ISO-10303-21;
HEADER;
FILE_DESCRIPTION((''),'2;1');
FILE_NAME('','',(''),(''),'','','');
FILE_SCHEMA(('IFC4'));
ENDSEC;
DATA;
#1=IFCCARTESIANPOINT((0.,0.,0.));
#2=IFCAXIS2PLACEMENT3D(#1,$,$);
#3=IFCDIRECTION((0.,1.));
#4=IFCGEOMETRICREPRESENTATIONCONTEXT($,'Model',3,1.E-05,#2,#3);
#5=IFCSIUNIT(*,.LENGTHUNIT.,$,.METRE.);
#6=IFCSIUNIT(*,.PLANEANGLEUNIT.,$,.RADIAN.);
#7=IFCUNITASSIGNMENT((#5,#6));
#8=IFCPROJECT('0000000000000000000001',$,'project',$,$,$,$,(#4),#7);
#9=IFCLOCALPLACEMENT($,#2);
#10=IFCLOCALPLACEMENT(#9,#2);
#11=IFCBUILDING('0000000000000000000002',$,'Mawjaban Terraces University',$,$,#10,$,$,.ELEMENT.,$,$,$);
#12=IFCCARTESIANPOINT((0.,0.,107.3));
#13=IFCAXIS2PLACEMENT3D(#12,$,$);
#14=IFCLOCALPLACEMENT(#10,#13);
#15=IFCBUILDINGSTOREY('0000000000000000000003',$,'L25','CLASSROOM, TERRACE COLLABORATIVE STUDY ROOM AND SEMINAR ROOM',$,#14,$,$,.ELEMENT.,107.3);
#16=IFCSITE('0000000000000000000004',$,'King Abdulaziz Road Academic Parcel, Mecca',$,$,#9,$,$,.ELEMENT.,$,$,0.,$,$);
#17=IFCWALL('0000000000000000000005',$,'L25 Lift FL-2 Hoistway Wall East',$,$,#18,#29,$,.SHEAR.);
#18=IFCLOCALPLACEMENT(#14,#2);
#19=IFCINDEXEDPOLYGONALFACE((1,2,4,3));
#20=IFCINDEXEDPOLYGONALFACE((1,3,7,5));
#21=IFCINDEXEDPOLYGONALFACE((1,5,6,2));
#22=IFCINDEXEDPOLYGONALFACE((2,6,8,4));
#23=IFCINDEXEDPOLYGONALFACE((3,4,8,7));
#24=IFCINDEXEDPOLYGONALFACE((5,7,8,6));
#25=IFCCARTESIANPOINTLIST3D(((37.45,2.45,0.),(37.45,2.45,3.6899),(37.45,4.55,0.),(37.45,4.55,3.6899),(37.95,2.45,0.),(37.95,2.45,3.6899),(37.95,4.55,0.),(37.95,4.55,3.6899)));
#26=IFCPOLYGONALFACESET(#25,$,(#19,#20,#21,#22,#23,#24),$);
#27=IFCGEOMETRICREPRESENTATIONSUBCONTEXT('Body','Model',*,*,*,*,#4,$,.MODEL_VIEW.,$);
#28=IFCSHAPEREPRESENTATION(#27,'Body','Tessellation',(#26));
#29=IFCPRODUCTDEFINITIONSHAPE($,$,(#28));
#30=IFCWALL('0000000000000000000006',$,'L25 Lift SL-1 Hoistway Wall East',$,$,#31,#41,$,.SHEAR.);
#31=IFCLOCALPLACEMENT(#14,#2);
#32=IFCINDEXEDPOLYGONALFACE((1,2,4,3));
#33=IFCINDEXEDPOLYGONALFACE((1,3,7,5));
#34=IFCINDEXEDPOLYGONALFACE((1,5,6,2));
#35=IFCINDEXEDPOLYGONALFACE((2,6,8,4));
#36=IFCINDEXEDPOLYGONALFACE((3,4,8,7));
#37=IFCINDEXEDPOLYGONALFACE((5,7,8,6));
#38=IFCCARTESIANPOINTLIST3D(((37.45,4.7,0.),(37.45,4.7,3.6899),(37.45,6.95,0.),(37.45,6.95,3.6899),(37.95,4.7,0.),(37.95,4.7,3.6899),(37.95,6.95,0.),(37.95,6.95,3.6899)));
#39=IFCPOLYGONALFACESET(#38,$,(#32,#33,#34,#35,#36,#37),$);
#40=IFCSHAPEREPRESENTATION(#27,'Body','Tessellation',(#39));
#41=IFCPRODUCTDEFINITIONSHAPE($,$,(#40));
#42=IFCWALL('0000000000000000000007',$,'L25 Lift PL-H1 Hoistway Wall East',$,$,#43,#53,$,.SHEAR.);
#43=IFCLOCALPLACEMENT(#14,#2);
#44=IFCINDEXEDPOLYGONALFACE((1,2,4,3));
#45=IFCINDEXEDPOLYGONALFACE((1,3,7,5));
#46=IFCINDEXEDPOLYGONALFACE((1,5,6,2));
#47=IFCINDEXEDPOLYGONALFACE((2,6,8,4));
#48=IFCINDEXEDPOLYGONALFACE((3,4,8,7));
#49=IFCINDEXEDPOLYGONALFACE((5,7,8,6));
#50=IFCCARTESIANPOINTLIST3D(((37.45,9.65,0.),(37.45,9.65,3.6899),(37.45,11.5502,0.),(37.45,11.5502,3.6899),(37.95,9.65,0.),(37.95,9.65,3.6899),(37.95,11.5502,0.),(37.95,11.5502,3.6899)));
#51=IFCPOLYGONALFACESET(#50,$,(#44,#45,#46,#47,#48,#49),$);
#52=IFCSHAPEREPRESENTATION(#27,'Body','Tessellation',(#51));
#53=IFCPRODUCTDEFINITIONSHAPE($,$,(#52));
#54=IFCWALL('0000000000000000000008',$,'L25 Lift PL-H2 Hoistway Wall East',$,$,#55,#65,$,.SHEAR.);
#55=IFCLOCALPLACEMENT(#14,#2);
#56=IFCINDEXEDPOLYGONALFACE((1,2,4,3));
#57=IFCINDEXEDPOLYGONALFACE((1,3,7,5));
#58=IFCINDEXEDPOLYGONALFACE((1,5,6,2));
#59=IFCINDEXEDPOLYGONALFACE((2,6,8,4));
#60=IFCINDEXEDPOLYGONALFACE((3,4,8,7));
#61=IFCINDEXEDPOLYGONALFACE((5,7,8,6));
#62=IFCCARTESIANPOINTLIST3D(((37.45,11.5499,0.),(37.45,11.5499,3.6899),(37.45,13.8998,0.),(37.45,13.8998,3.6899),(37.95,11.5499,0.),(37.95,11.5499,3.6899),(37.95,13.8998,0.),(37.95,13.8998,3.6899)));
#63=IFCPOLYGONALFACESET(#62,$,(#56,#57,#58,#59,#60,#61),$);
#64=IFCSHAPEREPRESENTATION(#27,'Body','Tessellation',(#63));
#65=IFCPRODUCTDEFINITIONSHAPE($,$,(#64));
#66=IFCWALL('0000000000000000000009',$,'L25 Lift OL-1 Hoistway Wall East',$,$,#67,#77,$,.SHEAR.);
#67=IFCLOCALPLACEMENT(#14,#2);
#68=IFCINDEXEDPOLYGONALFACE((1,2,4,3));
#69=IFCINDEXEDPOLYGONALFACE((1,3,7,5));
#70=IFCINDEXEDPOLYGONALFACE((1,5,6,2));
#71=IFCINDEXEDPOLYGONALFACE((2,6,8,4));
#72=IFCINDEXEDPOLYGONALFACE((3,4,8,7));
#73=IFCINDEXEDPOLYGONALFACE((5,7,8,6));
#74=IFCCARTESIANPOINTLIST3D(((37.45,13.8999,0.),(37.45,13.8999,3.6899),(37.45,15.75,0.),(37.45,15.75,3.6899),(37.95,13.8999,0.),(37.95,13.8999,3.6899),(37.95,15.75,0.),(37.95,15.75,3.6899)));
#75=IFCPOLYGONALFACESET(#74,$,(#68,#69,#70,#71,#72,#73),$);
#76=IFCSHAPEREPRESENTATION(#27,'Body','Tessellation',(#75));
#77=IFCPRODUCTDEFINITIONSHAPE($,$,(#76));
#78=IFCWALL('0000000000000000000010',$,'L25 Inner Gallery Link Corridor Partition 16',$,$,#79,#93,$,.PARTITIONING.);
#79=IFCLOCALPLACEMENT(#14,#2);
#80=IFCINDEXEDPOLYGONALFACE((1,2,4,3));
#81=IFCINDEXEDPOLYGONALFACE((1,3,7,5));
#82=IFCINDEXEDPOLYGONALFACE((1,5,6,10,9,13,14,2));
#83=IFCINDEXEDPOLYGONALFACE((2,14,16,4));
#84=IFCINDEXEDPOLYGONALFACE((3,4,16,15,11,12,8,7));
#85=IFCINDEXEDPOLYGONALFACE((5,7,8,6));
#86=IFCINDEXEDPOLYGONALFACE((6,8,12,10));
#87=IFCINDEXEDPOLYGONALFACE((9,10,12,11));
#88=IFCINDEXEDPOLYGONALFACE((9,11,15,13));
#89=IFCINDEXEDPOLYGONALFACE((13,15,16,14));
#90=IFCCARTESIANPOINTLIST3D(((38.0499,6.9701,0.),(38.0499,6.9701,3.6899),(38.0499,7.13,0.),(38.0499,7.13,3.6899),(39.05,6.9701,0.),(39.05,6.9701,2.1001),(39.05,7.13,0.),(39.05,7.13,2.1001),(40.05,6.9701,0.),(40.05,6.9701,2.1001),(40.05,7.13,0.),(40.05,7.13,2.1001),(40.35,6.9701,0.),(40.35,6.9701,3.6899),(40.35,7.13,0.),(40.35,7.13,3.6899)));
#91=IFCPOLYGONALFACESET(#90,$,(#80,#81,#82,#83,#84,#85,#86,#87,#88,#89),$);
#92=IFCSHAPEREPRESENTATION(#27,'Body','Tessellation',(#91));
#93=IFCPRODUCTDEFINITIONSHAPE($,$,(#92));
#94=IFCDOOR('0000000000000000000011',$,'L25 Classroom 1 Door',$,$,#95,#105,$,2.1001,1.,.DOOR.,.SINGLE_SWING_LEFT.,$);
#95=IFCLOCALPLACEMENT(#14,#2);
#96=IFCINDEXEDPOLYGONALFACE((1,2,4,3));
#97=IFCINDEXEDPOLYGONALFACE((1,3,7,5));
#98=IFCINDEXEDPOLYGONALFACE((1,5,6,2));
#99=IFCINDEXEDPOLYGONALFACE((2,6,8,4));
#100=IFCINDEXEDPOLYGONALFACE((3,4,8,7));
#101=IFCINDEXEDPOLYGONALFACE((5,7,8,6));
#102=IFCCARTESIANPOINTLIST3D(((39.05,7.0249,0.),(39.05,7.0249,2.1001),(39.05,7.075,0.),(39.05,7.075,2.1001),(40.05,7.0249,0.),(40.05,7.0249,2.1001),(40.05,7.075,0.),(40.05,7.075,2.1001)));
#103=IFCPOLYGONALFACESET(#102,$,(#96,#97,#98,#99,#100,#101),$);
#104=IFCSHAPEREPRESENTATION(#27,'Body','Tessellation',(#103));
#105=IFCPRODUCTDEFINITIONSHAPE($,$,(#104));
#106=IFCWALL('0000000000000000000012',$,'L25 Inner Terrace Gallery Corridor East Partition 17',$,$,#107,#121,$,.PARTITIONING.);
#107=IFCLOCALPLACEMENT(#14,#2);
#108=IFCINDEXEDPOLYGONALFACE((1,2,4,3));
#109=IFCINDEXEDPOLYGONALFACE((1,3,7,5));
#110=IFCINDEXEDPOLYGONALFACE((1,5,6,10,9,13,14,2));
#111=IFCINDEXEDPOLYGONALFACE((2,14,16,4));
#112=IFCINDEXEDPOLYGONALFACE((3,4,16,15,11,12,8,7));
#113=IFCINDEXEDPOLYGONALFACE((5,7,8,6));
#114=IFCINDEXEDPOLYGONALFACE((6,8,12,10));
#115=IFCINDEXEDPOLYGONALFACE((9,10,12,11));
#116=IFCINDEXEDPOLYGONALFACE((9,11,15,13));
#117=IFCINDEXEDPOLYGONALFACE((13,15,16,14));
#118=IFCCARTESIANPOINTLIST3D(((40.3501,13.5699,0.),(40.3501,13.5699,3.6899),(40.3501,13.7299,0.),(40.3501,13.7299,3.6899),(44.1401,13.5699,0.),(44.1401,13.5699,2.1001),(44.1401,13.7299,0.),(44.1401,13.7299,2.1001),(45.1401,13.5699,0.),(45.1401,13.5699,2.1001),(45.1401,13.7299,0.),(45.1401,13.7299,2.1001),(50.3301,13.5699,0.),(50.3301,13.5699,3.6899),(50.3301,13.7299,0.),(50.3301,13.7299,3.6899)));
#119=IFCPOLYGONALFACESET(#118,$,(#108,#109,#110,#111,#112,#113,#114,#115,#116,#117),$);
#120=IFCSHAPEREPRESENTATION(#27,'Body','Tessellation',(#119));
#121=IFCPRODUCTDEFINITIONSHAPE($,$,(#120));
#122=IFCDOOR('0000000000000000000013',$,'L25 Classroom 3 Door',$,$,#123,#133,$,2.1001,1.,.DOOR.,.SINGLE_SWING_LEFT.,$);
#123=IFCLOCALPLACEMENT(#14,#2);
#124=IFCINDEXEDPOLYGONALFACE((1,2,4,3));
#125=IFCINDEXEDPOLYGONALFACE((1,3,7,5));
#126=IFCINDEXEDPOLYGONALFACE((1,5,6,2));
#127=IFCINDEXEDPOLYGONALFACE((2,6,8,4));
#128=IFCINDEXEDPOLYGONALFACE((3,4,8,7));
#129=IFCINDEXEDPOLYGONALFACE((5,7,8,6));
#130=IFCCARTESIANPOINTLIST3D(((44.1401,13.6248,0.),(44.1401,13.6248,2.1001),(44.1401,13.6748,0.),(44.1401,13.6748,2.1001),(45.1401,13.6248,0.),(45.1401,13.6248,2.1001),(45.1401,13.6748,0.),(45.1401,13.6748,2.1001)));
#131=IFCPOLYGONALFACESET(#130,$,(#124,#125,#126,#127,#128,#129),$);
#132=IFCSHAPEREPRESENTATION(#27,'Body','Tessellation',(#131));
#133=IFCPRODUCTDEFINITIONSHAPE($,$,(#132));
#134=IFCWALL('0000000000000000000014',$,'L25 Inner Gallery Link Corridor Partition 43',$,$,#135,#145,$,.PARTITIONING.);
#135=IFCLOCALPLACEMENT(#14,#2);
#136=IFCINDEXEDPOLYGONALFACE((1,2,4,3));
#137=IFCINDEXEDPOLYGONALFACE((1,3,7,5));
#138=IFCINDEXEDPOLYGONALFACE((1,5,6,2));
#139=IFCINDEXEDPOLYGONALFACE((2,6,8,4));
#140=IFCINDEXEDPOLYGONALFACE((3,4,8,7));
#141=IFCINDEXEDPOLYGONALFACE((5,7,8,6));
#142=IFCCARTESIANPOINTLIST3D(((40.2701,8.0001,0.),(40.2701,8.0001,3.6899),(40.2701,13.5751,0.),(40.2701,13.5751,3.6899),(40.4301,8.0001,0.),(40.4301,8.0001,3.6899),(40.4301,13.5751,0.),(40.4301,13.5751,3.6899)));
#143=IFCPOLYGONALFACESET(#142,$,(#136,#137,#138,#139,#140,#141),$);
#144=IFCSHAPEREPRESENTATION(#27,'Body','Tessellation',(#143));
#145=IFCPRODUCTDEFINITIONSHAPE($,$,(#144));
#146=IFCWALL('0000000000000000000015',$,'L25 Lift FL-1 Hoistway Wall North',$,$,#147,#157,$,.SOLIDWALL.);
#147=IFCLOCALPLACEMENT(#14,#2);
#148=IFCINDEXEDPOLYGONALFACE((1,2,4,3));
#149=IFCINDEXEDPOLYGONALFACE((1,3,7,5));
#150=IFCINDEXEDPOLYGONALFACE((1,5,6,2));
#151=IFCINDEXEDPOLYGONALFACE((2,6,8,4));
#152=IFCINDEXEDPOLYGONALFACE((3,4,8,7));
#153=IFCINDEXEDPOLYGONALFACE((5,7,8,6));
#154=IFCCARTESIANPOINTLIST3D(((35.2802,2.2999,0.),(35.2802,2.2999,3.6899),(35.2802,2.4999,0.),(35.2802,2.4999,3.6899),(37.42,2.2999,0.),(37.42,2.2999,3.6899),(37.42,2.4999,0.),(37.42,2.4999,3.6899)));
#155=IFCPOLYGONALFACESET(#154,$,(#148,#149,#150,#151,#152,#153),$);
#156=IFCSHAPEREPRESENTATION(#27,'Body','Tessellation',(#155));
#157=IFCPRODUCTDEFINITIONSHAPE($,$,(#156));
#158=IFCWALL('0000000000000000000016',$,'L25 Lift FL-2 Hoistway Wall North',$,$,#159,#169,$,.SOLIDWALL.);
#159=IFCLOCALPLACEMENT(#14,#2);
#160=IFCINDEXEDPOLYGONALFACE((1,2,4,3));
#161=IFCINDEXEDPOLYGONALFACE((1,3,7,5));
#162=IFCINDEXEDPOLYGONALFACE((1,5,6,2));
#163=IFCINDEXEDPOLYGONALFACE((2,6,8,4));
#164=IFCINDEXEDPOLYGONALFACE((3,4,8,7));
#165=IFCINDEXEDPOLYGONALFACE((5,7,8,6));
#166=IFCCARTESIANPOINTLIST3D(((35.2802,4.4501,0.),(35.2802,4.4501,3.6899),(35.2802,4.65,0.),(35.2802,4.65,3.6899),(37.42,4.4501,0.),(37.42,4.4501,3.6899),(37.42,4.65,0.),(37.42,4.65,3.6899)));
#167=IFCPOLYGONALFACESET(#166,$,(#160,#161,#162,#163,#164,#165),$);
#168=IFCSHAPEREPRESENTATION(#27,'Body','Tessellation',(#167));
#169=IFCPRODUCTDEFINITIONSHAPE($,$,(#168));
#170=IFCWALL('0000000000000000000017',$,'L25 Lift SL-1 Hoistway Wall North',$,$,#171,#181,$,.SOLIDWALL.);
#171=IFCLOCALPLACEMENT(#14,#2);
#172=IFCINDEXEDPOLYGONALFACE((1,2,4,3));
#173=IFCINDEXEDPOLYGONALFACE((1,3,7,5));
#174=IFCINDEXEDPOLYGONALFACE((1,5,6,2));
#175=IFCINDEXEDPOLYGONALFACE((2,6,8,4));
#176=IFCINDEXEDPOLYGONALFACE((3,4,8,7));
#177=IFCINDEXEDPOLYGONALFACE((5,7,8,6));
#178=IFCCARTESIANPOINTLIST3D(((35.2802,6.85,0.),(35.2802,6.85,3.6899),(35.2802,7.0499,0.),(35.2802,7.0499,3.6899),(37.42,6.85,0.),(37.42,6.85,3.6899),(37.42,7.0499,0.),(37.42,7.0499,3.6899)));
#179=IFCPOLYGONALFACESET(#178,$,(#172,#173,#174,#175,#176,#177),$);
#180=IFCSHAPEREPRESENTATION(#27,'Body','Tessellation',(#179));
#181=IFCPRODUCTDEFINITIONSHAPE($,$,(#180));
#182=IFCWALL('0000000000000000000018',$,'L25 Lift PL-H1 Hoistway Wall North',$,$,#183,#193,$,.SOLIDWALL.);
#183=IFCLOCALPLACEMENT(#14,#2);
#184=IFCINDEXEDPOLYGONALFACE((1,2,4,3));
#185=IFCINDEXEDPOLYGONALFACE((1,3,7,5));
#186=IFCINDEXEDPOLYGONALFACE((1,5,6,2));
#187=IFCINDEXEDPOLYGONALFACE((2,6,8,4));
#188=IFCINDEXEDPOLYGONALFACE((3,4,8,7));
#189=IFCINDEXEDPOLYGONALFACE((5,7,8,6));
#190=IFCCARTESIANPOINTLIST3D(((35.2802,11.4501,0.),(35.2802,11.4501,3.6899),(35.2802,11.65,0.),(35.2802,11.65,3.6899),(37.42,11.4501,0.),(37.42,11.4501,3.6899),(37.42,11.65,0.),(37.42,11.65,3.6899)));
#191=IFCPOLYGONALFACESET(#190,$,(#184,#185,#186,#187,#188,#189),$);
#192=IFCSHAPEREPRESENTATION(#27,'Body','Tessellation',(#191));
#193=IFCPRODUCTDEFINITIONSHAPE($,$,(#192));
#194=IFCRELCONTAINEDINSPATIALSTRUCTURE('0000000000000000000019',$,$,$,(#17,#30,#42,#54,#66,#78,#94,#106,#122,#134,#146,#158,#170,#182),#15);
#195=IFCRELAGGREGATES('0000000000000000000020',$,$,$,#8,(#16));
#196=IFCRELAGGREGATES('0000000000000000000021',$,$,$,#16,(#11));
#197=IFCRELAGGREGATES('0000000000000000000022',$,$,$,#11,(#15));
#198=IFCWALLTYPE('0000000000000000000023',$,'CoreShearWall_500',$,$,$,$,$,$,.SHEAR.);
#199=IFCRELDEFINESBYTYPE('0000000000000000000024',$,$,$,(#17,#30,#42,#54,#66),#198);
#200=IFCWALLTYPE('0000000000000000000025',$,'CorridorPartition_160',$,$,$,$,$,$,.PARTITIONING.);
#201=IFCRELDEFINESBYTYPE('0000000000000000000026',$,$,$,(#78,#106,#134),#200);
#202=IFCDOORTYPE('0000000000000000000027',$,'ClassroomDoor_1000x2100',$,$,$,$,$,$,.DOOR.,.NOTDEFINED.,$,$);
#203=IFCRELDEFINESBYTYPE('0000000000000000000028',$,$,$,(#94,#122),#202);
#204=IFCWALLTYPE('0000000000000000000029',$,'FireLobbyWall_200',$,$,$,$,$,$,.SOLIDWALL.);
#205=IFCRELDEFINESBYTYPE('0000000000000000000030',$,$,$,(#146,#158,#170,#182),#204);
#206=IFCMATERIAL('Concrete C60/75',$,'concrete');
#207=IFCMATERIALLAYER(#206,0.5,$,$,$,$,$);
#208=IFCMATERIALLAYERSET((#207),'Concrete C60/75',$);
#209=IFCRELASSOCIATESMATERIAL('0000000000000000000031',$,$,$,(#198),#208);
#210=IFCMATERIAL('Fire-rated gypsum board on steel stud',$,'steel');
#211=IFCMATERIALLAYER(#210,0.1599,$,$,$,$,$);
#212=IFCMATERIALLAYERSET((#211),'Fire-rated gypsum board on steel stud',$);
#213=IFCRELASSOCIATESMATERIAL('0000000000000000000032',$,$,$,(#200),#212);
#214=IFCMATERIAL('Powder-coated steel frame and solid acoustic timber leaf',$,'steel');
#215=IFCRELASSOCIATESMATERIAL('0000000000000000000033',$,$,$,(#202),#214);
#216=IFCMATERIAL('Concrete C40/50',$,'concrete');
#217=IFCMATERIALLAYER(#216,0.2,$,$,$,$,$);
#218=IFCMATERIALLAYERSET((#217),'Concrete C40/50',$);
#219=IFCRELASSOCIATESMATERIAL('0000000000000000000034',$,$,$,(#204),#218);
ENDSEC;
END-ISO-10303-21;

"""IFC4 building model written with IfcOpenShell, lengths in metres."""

from ifc_helpers import new_model, si_unit, direction, frame, frame_2d, origin, place, context, subcontext, project, spatial, rectangle, extrude, material, layer, layer_set, type_object, element, fill, save


model = new_model("IFC4")

# Units and contexts
model_context = context("Model", 3, precision=1e-05, world=origin(), true_north=direction((0.0, 1.0)))
body_context = subcontext(model_context, "Body", "Model", "MODEL_VIEW")
ifc_project = project(units=[si_unit("LENGTHUNIT", "METRE"), si_unit("PLANEANGLEUNIT", "RADIAN")], contexts=[model_context])

# Site, building, storey
site_placement = place(None, origin())
site = spatial("IfcSite", under=ifc_project, at=site_placement, Name="King Abdulaziz Road Academic Parcel, Mecca", CompositionType="ELEMENT", RefElevation=0.0)
building_placement = place(site_placement, origin())
building = spatial("IfcBuilding", under=site, at=building_placement, Name="Mawjaban Terraces University", CompositionType="ELEMENT")
storey_placement = place(building_placement, frame((0.0, 0.0, 107.3)))
storey = spatial("IfcBuildingStorey", under=building, at=storey_placement, Name="L25", Description="CLASSROOM, TERRACE COLLABORATIVE STUDY ROOM AND SEMINAR ROOM", CompositionType="ELEMENT", Elevation=107.3)

# Shared definitions
ifc_material_1 = material(Name="Concrete C60/75", Category="concrete")

# Walls
ifc_layer_1 = layer(ifc_material_1, 0.5)
ifc_layer_set_1 = layer_set([ifc_layer_1], Name="Concrete C60/75")
wall_type_1 = type_object("IfcWallType", Name="CoreShearWall_500", PredefinedType="SHEAR", material=ifc_layer_set_1)
wall_1_placement = place(storey_placement, frame((37.7, 2.45, 0.0), z_axis=(0.0, 0.0, 1.0), x_axis=(0.0, 1.0, 0.0)))
element("IfcWall", 1, at=wall_1_placement, inside=storey, type_object=wall_type_1, Name="L25 Lift FL-2 Hoistway Wall East", PredefinedType="SHEAR", context=body_context, shape_type="SweptSolid", body=[
    extrude(rectangle(XDim=2.1001, YDim=0.5, at=frame_2d((1.05, 0.0))), origin(), (0.0, 0.0, 1.0), 3.6899),
])
wall_2_placement = place(storey_placement, frame((37.7, 4.7, 0.0), z_axis=(0.0, 0.0, 1.0), x_axis=(0.0, 1.0, 0.0)))
element("IfcWall", 2, at=wall_2_placement, inside=storey, type_object=wall_type_1, Name="L25 Lift SL-1 Hoistway Wall East", PredefinedType="SHEAR", context=body_context, shape_type="SweptSolid", body=[
    extrude(rectangle(XDim=2.25, YDim=0.5, at=frame_2d((1.125, 0.0))), origin(), (0.0, 0.0, 1.0), 3.6899),
])
wall_3_placement = place(storey_placement, frame((37.7, 9.6499, 0.0), z_axis=(0.0, 0.0, 1.0), x_axis=(0.0, 1.0, 0.0)))
element("IfcWall", 3, at=wall_3_placement, inside=storey, type_object=wall_type_1, Name="L25 Lift PL-H1 Hoistway Wall East", PredefinedType="SHEAR", context=body_context, shape_type="SweptSolid", body=[
    extrude(rectangle(XDim=1.9001, YDim=0.5, at=frame_2d((0.9502, 0.0))), origin(), (0.0, 0.0, 1.0), 3.6899),
])
wall_4_placement = place(storey_placement, frame((37.7, 11.55, 0.0), z_axis=(0.0, 0.0, 1.0), x_axis=(0.0, 1.0, 0.0)))
element("IfcWall", 4, at=wall_4_placement, inside=storey, type_object=wall_type_1, Name="L25 Lift PL-H2 Hoistway Wall East", PredefinedType="SHEAR", context=body_context, shape_type="SweptSolid", body=[
    extrude(rectangle(XDim=2.3499, YDim=0.5, at=frame_2d((1.1748, 0.0))), origin(), (0.0, 0.0, 1.0), 3.6899),
])
wall_5_placement = place(storey_placement, frame((37.7, 13.8999, 0.0), z_axis=(0.0, 0.0, 1.0), x_axis=(0.0, 1.0, 0.0)))
element("IfcWall", 5, at=wall_5_placement, inside=storey, type_object=wall_type_1, Name="L25 Lift OL-1 Hoistway Wall East", PredefinedType="SHEAR", context=body_context, shape_type="SweptSolid", body=[
    extrude(rectangle(XDim=1.8501, YDim=0.5, at=frame_2d((0.925, 0.0))), origin(), (0.0, 0.0, 1.0), 3.6899),
])

# Walls, openings, doors
ifc_material_2 = material(Name="Fire-rated gypsum board on steel stud", Category="steel")
ifc_layer_2 = layer(ifc_material_2, 0.1599)
ifc_layer_set_2 = layer_set([ifc_layer_2], Name="Fire-rated gypsum board on steel stud")
wall_type_2 = type_object("IfcWallType", Name="CorridorPartition_160", PredefinedType="PARTITIONING", material=ifc_layer_set_2)
wall_6_placement = place(storey_placement, frame((38.05, 7.05, 0.0), z_axis=(0.0, 0.0, 1.0), x_axis=(1.0, 0.0, 0.0)))
wall_6 = element("IfcWall", 6, at=wall_6_placement, inside=storey, type_object=wall_type_2, Name="L25 Inner Gallery Link Corridor Partition 16", PredefinedType="PARTITIONING", context=body_context, shape_type="SweptSolid", body=[
    extrude(rectangle(XDim=2.3, YDim=0.1599, at=frame_2d((1.1499, 0.0))), origin(), (0.0, 0.0, 1.0), 3.6899),
])
opening_1_placement = place(wall_6_placement, frame((1.0, 0.0, 0.0)))
opening_1 = element("IfcOpeningElement", 7, at=opening_1_placement, cuts=wall_6, PredefinedType="OPENING", context=body_context, shape_type="SweptSolid", body=[
    extrude(rectangle(XDim=1.0, YDim=2.1001, at=frame_2d((0.5, 1.05))), frame((0.0, 0.0898, 0.0), z_axis=(0.0, -1.0, 0.0), x_axis=(1.0, 0.0, 0.0)), (0.0, 0.0, 1.0), 0.1799),
])
ifc_material_3 = material(Name="Powder-coated steel frame and solid acoustic timber leaf", Category="steel")
door_type_1 = type_object("IfcDoorType", Name="ClassroomDoor_1000x2100", OperationType="NOTDEFINED", PredefinedType="DOOR", material=ifc_material_3)
door_1_placement = place(opening_1_placement, origin())
door_1 = element("IfcDoor", 8, at=door_1_placement, inside=storey, type_object=door_type_1, Name="L25 Classroom 1 Door", OperationType="SINGLE_SWING_LEFT", OverallHeight=2.1001, OverallWidth=1.0, PredefinedType="DOOR", context=body_context, shape_type="SweptSolid", body=[
    extrude(rectangle(XDim=1.0, YDim=2.1001, at=frame_2d((0.5, 1.05))), frame((0.0, 0.0249, 0.0), z_axis=(0.0, -1.0, 0.0), x_axis=(1.0, 0.0, 0.0)), (0.0, 0.0, 1.0), 0.05),
])
fill(opening_1, door_1)
wall_7_placement = place(storey_placement, frame((40.3501, 13.6499, 0.0), z_axis=(0.0, 0.0, 1.0), x_axis=(1.0, 0.0, 0.0)))
wall_7 = element("IfcWall", 9, at=wall_7_placement, inside=storey, type_object=wall_type_2, Name="L25 Inner Terrace Gallery Corridor East Partition 17", PredefinedType="PARTITIONING", context=body_context, shape_type="SweptSolid", body=[
    extrude(rectangle(XDim=9.98, YDim=0.1599, at=frame_2d((4.99, 0.0))), origin(), (0.0, 0.0, 1.0), 3.6899),
])
opening_2_placement = place(wall_7_placement, frame((3.79, 0.0, 0.0)))
opening_2 = element("IfcOpeningElement", 10, at=opening_2_placement, cuts=wall_7, PredefinedType="OPENING", context=body_context, shape_type="SweptSolid", body=[
    extrude(rectangle(XDim=1.0, YDim=2.1001, at=frame_2d((0.5, 1.05))), frame((0.0, 0.0898, 0.0), z_axis=(0.0, -1.0, 0.0), x_axis=(1.0, 0.0, 0.0)), (0.0, 0.0, 1.0), 0.1799),
])
door_2_placement = place(opening_2_placement, origin())
door_2 = element("IfcDoor", 11, at=door_2_placement, inside=storey, type_object=door_type_1, Name="L25 Classroom 3 Door", OperationType="SINGLE_SWING_LEFT", OverallHeight=2.1001, OverallWidth=1.0, PredefinedType="DOOR", context=body_context, shape_type="SweptSolid", body=[
    extrude(rectangle(XDim=1.0, YDim=2.1001, at=frame_2d((0.5, 1.05))), frame((0.0, 0.0249, 0.0), z_axis=(0.0, -1.0, 0.0), x_axis=(1.0, 0.0, 0.0)), (0.0, 0.0, 1.0), 0.05),
])
fill(opening_2, door_2)

# Walls
wall_8_placement = place(storey_placement, frame((40.3501, 8.0, 0.0), z_axis=(0.0, 0.0, 1.0), x_axis=(0.0, 1.0, 0.0)))
element("IfcWall", 12, at=wall_8_placement, inside=storey, type_object=wall_type_2, Name="L25 Inner Gallery Link Corridor Partition 43", PredefinedType="PARTITIONING", context=body_context, shape_type="SweptSolid", body=[
    extrude(rectangle(XDim=5.575, YDim=0.1599, at=frame_2d((2.7876, 0.0))), origin(), (0.0, 0.0, 1.0), 3.6899),
])
ifc_material_4 = material(Name="Concrete C40/50", Category="concrete")
ifc_layer_3 = layer(ifc_material_4, 0.2)
ifc_layer_set_3 = layer_set([ifc_layer_3], Name="Concrete C40/50")
wall_type_3 = type_object("IfcWallType", Name="FireLobbyWall_200", PredefinedType="SOLIDWALL", material=ifc_layer_set_3)
for number, where, z_axis, x_axis, name in (
    (13, (37.4199, 2.3999, 0.0), (0.0, 0.0, 1.0), (-1.0, 0.0, 0.0), "L25 Lift FL-1 Hoistway Wall North"),
    (14, (37.4199, 4.55, 0.0), (0.0, 0.0, 1.0), (-1.0, 0.0, 0.0), "L25 Lift FL-2 Hoistway Wall North"),
    (15, (37.4199, 6.95, 0.0), (0.0, 0.0, 1.0), (-1.0, 0.0, 0.0), "L25 Lift SL-1 Hoistway Wall North"),
    (16, (37.4199, 11.55, 0.0), (0.0, 0.0, 1.0), (-1.0, 0.0, 0.0), "L25 Lift PL-H1 Hoistway Wall North"),
):
    element("IfcWall", number, at=place(storey_placement, frame(where, z_axis=z_axis, x_axis=x_axis)), inside=storey, type_object=wall_type_3, Name=name, PredefinedType="SOLIDWALL", context=body_context, shape_type="SweptSolid", body=[
        extrude(rectangle(XDim=2.1399, YDim=0.2, at=frame_2d((1.0698, 0.0))), origin(), (0.0, 0.0, 1.0), 3.6899),
    ])

save(model, "model.ifc")
